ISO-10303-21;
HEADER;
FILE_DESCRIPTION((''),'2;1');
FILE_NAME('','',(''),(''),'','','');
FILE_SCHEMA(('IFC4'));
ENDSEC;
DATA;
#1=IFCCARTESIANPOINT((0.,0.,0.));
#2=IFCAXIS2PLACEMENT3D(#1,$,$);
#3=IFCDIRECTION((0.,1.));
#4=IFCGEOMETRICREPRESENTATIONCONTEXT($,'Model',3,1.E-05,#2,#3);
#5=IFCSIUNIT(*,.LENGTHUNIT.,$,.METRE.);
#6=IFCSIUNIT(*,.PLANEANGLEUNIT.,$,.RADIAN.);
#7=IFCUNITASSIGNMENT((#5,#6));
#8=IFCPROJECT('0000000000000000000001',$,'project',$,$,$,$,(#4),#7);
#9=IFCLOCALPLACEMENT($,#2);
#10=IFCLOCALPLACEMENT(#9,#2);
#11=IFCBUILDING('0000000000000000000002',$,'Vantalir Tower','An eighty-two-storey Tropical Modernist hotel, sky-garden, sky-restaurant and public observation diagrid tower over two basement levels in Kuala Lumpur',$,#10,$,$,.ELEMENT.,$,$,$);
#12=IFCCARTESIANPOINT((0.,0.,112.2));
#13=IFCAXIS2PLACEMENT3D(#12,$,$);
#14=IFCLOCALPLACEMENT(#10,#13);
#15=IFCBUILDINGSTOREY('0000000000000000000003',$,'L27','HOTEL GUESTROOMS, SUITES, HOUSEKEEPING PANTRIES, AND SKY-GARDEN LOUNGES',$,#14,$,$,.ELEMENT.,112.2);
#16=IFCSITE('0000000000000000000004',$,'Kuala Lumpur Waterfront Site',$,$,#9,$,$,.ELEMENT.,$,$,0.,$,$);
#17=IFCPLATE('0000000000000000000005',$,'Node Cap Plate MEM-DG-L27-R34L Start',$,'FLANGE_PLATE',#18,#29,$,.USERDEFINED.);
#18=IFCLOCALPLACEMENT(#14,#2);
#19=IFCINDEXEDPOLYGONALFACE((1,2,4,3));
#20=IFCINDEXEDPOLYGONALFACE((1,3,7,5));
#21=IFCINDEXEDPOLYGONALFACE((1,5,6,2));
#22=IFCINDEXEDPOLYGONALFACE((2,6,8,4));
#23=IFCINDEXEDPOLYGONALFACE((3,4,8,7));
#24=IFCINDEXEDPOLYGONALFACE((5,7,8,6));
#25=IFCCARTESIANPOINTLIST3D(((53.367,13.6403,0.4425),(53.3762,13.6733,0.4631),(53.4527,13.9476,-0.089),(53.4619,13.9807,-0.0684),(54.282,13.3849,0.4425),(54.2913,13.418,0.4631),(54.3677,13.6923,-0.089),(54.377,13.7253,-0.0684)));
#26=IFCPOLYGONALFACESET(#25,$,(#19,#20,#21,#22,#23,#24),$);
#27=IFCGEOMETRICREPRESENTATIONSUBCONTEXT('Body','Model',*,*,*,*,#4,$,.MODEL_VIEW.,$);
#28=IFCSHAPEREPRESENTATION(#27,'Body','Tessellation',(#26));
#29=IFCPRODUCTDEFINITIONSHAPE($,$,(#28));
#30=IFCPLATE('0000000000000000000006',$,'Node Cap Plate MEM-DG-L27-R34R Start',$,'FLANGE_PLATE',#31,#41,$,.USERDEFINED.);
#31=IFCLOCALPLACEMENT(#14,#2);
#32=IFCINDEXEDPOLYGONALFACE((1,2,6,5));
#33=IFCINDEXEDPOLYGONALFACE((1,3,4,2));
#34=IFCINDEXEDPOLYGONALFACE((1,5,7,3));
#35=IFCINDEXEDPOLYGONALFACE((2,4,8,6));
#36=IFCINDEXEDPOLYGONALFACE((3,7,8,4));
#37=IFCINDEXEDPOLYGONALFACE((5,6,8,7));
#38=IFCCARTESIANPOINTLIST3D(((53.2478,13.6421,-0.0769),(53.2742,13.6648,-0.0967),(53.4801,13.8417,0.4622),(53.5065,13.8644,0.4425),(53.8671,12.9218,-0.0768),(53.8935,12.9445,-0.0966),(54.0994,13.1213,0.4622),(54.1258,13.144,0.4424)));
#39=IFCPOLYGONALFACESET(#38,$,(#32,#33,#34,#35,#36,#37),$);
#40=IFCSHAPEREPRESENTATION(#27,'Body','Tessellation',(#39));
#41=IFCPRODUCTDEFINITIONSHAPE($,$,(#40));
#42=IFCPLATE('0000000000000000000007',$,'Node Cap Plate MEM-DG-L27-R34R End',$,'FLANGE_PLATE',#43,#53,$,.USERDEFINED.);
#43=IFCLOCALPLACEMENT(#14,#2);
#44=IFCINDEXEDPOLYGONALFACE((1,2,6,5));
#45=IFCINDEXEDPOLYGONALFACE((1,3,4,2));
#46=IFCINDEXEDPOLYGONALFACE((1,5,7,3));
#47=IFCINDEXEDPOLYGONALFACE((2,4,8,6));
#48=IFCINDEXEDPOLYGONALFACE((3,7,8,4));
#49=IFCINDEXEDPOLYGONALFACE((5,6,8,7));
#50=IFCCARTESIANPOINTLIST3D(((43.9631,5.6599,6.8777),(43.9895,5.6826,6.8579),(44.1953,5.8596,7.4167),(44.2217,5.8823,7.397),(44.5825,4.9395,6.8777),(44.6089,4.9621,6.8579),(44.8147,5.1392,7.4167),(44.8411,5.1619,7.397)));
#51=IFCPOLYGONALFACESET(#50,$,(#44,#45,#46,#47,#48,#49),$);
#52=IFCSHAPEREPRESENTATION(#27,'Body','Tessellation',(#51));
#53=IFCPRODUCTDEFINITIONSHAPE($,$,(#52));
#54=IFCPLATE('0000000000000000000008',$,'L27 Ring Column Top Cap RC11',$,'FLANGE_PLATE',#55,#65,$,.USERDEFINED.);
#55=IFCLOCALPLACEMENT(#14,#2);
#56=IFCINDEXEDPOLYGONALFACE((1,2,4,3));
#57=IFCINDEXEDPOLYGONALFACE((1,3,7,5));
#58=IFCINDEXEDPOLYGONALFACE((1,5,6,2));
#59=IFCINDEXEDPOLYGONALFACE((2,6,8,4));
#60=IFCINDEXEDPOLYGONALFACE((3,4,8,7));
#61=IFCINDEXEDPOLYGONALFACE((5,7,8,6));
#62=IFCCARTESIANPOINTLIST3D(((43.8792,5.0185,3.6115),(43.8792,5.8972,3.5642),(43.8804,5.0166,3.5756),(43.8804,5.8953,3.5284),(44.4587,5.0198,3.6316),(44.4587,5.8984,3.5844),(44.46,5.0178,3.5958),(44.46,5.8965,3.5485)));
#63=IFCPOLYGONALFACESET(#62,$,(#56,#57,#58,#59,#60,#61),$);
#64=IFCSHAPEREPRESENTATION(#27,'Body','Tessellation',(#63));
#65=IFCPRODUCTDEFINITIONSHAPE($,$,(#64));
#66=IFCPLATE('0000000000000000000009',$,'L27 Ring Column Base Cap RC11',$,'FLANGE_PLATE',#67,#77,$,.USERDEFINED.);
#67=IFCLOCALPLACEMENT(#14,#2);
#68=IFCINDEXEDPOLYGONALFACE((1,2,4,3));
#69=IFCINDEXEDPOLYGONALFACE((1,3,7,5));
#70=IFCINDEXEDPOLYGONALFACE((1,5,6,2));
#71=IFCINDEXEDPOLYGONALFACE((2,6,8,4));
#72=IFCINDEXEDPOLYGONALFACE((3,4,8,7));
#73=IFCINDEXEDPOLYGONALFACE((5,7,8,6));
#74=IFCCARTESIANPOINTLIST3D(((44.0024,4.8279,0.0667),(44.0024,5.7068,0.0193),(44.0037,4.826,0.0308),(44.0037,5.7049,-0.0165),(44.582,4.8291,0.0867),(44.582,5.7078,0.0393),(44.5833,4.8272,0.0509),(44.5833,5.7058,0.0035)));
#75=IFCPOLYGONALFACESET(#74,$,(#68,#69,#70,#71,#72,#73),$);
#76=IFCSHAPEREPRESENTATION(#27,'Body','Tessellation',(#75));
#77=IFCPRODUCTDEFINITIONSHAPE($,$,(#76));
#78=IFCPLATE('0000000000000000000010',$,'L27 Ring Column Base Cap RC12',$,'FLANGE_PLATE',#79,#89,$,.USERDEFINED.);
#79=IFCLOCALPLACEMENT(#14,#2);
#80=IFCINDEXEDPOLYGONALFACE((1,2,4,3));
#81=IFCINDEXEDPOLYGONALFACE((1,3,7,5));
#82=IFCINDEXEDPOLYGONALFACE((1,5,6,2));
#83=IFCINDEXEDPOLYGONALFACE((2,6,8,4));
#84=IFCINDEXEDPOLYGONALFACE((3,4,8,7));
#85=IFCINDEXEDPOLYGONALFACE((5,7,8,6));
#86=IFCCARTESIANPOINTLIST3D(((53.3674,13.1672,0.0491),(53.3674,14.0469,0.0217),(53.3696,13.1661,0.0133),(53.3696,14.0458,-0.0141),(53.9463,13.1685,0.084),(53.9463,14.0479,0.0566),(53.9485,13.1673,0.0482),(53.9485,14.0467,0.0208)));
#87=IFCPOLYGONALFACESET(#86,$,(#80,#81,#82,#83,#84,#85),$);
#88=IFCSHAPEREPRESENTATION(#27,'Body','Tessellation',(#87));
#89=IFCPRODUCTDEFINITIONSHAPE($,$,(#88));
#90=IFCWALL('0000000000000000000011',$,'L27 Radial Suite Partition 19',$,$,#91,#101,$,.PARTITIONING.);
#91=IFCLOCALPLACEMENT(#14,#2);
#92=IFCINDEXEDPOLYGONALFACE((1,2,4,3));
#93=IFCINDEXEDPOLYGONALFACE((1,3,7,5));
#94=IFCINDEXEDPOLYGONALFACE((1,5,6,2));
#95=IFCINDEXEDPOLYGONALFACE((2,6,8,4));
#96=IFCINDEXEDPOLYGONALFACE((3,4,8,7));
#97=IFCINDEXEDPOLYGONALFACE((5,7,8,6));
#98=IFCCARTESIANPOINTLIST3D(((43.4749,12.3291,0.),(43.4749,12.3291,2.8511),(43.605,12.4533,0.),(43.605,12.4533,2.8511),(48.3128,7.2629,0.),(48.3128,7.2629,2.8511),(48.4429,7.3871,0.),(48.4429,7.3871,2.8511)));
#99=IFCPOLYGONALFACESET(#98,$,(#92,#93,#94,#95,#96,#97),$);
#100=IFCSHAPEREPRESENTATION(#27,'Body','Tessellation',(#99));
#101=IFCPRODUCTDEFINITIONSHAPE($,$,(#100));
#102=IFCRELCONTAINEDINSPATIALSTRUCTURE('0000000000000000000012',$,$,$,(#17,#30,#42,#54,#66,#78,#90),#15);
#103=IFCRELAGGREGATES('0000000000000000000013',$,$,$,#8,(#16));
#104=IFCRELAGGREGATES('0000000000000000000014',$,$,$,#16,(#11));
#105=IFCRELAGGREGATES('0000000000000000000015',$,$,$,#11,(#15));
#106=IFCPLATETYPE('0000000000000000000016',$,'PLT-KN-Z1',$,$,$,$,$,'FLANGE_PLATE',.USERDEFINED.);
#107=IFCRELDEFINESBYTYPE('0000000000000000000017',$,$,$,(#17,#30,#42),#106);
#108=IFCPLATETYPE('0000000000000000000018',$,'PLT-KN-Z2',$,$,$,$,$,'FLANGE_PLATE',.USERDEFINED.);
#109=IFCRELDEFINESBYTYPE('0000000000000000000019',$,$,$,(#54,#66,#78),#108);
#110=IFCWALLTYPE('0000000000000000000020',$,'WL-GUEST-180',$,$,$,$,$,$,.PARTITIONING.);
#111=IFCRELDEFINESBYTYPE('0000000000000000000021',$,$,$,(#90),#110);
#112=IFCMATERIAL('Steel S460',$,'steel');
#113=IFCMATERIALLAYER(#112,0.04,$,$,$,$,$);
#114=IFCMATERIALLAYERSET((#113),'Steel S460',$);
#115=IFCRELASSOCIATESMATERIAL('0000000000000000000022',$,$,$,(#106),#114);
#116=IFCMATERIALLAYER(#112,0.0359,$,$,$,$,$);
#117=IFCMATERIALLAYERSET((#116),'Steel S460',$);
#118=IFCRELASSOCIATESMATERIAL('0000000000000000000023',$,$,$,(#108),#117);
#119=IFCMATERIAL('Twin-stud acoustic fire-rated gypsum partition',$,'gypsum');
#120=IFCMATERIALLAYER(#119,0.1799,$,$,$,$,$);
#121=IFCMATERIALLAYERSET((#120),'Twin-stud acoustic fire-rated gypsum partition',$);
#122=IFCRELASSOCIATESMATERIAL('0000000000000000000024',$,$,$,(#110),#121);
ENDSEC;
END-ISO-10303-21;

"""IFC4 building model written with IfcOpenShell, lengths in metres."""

from ifc_helpers import new_model, si_unit, direction, frame, frame_2d, origin, place, context, subcontext, project, spatial, polyline, rectangle, outline, extrude, material, layer, layer_set, type_object, element, save


model = new_model("IFC4")

# Units and contexts
model_context = context("Model", 3, precision=1e-05, world=origin(), true_north=direction((0.0, 1.0)))
body_context = subcontext(model_context, "Body", "Model", "MODEL_VIEW")
ifc_project = project(units=[si_unit("LENGTHUNIT", "METRE"), si_unit("PLANEANGLEUNIT", "RADIAN")], contexts=[model_context])

# Site, building, storey
site_placement = place(None, origin())
site = spatial("IfcSite", under=ifc_project, at=site_placement, Name="Kuala Lumpur Waterfront Site", CompositionType="ELEMENT", RefElevation=0.0)
building_placement = place(site_placement, origin())
building = spatial("IfcBuilding", under=site, at=building_placement, Name="Vantalir Tower", Description="An eighty-two-storey Tropical Modernist hotel, sky-garden, sky-restaurant and public observation diagrid tower over two basement levels in Kuala Lumpur", CompositionType="ELEMENT")
storey_placement = place(building_placement, frame((0.0, 0.0, 112.2)))
storey = spatial("IfcBuildingStorey", under=building, at=storey_placement, Name="L27", Description="HOTEL GUESTROOMS, SUITES, HOUSEKEEPING PANTRIES, AND SKY-GARDEN LOUNGES", CompositionType="ELEMENT", Elevation=112.2)

# Shared definitions
ifc_material_1 = material(Name="Steel S460", Category="steel")

# Plates
ifc_layer_1 = layer(ifc_material_1, 0.04)
ifc_layer_set_1 = layer_set([ifc_layer_1], Name="Steel S460")
plate_type_1 = type_object("IfcPlateType", Name="PLT-KN-Z1", ElementType="FLANGE_PLATE", PredefinedType="USERDEFINED", material=ifc_layer_set_1)
plate_1_placement = place(storey_placement, frame((54.377, 13.7253, -0.0684), z_axis=(0.230465, 0.825795, 0.514731), x_axis=(-0.963193, 0.26881, 0.0)))
element("IfcPlate", 1, at=plate_1_placement, inside=storey, type_object=plate_type_1, Name="Node Cap Plate MEM-DG-L27-R34L Start", ObjectType="FLANGE_PLATE", PredefinedType="USERDEFINED", context=body_context, shape_type="SweptSolid", body=[
    extrude(outline(polyline([(0.0, 0.0), (0.95, 0.0), (0.9499, 0.6199), (-0.0001, 0.6199), (0.0, 0.0)])), origin(), (0.0, 0.0, -1.0), 0.04),
])
plate_2_placement = place(storey_placement, frame((53.2478, 13.6421, -0.0769), z_axis=(-0.659323, -0.56681, 0.493983), x_axis=(0.651935, -0.758275, 0.000078)))
element("IfcPlate", 2, at=plate_2_placement, inside=storey, type_object=plate_type_1, Name="Node Cap Plate MEM-DG-L27-R34R Start", ObjectType="FLANGE_PLATE", PredefinedType="USERDEFINED", context=body_context, shape_type="SweptSolid", body=[
    extrude(outline(polyline([(0.0, 0.0), (0.9499, 0.0), (0.9501, 0.6199), (0.0001, 0.6201), (0.0, 0.0)])), origin(), (0.0, 0.0, -1.0), 0.04),
])
plate_3_placement = place(storey_placement, frame((43.9631, 5.6599, 6.8777), z_axis=(-0.659322, -0.566825, 0.493967), x_axis=(0.651912, -0.758294, 0.0)))
element("IfcPlate", 3, at=plate_3_placement, inside=storey, type_object=plate_type_1, Name="Node Cap Plate MEM-DG-L27-R34R End", ObjectType="FLANGE_PLATE", PredefinedType="USERDEFINED", context=body_context, shape_type="SweptSolid", body=[
    extrude(outline(polyline([(0.0, 0.0), (0.9501, 0.0), (0.95, 0.62), (-0.0001, 0.62), (0.0, 0.0)])), origin(), (0.0, 0.0, -1.0), 0.04),
])
ifc_layer_2 = layer(ifc_material_1, 0.0359)
ifc_layer_set_2 = layer_set([ifc_layer_2], Name="Steel S460")
plate_type_2 = type_object("IfcPlateType", Name="PLT-KN-Z2", ElementType="FLANGE_PLATE", PredefinedType="USERDEFINED", material=ifc_layer_set_2)
plate_4_placement = place(storey_placement, frame((43.8792, 5.8972, 3.5642), z_axis=(-0.034793, 0.053655, 0.997953), x_axis=(0.000005, -0.998558, 0.053688)))
element("IfcPlate", 4, at=plate_4_placement, inside=storey, type_object=plate_type_2, Name="L27 Ring Column Top Cap RC11", ObjectType="FLANGE_PLATE", PredefinedType="USERDEFINED", context=body_context, shape_type="SweptSolid", body=[
    extrude(outline(polyline([(0.0, 0.0), (0.8799, 0.0), (0.8798, 0.5799), (-0.0001, 0.5799), (0.0, 0.0)])), origin(), (0.0, 0.0, -1.0), 0.0359),
])
plate_5_placement = place(storey_placement, frame((44.0024, 5.7068, 0.0193), z_axis=(-0.034572, 0.053786, 0.997954), x_axis=(0.0, -0.998551, 0.053818)))
element("IfcPlate", 5, at=plate_5_placement, inside=storey, type_object=plate_type_2, Name="L27 Ring Column Base Cap RC11", ObjectType="FLANGE_PLATE", PredefinedType="USERDEFINED", context=body_context, shape_type="SweptSolid", body=[
    extrude(outline(polyline([(0.0, 0.0), (0.8802, 0.0), (0.88, 0.5799), (0.0001, 0.5799), (0.0, 0.0)])), origin(), (0.0, 0.0, -1.0), 0.0359),
])
plate_6_placement = place(storey_placement, frame((53.3674, 14.0469, 0.0217), z_axis=(-0.060232, 0.031018, 0.997702), x_axis=(0.0, -0.999517, 0.031074)))
element("IfcPlate", 6, at=plate_6_placement, inside=storey, type_object=plate_type_2, Name="L27 Ring Column Base Cap RC12", ObjectType="FLANGE_PLATE", PredefinedType="USERDEFINED", context=body_context, shape_type="SweptSolid", body=[
    extrude(outline(polyline([(0.0, 0.0), (0.8801, 0.0), (0.8799, 0.5799), (0.0001, 0.5799), (0.0, 0.0)])), origin(), (0.0, 0.0, -1.0), 0.0359),
])

# Wall
ifc_material_2 = material(Name="Twin-stud acoustic fire-rated gypsum partition", Category="gypsum")
ifc_layer_3 = layer(ifc_material_2, 0.1799)
ifc_layer_set_3 = layer_set([ifc_layer_3], Name="Twin-stud acoustic fire-rated gypsum partition")
wall_type = type_object("IfcWallType", Name="WL-GUEST-180", PredefinedType="PARTITIONING", material=ifc_layer_set_3)
wall_placement = place(storey_placement, frame((43.54, 12.3911, 0.0), z_axis=(0.0, 0.0, 1.0), x_axis=(0.690626, -0.723212, 0.0)))
element("IfcWall", 7, at=wall_placement, inside=storey, type_object=wall_type, Name="L27 Radial Suite Partition 19", PredefinedType="PARTITIONING", context=body_context, shape_type="SweptSolid", body=[
    extrude(rectangle(XDim=7.0051, YDim=0.1799, at=frame_2d((3.5024, 0.0))), origin(), (0.0, 0.0, 1.0), 2.8511),
])

save(model, "model.ifc")
